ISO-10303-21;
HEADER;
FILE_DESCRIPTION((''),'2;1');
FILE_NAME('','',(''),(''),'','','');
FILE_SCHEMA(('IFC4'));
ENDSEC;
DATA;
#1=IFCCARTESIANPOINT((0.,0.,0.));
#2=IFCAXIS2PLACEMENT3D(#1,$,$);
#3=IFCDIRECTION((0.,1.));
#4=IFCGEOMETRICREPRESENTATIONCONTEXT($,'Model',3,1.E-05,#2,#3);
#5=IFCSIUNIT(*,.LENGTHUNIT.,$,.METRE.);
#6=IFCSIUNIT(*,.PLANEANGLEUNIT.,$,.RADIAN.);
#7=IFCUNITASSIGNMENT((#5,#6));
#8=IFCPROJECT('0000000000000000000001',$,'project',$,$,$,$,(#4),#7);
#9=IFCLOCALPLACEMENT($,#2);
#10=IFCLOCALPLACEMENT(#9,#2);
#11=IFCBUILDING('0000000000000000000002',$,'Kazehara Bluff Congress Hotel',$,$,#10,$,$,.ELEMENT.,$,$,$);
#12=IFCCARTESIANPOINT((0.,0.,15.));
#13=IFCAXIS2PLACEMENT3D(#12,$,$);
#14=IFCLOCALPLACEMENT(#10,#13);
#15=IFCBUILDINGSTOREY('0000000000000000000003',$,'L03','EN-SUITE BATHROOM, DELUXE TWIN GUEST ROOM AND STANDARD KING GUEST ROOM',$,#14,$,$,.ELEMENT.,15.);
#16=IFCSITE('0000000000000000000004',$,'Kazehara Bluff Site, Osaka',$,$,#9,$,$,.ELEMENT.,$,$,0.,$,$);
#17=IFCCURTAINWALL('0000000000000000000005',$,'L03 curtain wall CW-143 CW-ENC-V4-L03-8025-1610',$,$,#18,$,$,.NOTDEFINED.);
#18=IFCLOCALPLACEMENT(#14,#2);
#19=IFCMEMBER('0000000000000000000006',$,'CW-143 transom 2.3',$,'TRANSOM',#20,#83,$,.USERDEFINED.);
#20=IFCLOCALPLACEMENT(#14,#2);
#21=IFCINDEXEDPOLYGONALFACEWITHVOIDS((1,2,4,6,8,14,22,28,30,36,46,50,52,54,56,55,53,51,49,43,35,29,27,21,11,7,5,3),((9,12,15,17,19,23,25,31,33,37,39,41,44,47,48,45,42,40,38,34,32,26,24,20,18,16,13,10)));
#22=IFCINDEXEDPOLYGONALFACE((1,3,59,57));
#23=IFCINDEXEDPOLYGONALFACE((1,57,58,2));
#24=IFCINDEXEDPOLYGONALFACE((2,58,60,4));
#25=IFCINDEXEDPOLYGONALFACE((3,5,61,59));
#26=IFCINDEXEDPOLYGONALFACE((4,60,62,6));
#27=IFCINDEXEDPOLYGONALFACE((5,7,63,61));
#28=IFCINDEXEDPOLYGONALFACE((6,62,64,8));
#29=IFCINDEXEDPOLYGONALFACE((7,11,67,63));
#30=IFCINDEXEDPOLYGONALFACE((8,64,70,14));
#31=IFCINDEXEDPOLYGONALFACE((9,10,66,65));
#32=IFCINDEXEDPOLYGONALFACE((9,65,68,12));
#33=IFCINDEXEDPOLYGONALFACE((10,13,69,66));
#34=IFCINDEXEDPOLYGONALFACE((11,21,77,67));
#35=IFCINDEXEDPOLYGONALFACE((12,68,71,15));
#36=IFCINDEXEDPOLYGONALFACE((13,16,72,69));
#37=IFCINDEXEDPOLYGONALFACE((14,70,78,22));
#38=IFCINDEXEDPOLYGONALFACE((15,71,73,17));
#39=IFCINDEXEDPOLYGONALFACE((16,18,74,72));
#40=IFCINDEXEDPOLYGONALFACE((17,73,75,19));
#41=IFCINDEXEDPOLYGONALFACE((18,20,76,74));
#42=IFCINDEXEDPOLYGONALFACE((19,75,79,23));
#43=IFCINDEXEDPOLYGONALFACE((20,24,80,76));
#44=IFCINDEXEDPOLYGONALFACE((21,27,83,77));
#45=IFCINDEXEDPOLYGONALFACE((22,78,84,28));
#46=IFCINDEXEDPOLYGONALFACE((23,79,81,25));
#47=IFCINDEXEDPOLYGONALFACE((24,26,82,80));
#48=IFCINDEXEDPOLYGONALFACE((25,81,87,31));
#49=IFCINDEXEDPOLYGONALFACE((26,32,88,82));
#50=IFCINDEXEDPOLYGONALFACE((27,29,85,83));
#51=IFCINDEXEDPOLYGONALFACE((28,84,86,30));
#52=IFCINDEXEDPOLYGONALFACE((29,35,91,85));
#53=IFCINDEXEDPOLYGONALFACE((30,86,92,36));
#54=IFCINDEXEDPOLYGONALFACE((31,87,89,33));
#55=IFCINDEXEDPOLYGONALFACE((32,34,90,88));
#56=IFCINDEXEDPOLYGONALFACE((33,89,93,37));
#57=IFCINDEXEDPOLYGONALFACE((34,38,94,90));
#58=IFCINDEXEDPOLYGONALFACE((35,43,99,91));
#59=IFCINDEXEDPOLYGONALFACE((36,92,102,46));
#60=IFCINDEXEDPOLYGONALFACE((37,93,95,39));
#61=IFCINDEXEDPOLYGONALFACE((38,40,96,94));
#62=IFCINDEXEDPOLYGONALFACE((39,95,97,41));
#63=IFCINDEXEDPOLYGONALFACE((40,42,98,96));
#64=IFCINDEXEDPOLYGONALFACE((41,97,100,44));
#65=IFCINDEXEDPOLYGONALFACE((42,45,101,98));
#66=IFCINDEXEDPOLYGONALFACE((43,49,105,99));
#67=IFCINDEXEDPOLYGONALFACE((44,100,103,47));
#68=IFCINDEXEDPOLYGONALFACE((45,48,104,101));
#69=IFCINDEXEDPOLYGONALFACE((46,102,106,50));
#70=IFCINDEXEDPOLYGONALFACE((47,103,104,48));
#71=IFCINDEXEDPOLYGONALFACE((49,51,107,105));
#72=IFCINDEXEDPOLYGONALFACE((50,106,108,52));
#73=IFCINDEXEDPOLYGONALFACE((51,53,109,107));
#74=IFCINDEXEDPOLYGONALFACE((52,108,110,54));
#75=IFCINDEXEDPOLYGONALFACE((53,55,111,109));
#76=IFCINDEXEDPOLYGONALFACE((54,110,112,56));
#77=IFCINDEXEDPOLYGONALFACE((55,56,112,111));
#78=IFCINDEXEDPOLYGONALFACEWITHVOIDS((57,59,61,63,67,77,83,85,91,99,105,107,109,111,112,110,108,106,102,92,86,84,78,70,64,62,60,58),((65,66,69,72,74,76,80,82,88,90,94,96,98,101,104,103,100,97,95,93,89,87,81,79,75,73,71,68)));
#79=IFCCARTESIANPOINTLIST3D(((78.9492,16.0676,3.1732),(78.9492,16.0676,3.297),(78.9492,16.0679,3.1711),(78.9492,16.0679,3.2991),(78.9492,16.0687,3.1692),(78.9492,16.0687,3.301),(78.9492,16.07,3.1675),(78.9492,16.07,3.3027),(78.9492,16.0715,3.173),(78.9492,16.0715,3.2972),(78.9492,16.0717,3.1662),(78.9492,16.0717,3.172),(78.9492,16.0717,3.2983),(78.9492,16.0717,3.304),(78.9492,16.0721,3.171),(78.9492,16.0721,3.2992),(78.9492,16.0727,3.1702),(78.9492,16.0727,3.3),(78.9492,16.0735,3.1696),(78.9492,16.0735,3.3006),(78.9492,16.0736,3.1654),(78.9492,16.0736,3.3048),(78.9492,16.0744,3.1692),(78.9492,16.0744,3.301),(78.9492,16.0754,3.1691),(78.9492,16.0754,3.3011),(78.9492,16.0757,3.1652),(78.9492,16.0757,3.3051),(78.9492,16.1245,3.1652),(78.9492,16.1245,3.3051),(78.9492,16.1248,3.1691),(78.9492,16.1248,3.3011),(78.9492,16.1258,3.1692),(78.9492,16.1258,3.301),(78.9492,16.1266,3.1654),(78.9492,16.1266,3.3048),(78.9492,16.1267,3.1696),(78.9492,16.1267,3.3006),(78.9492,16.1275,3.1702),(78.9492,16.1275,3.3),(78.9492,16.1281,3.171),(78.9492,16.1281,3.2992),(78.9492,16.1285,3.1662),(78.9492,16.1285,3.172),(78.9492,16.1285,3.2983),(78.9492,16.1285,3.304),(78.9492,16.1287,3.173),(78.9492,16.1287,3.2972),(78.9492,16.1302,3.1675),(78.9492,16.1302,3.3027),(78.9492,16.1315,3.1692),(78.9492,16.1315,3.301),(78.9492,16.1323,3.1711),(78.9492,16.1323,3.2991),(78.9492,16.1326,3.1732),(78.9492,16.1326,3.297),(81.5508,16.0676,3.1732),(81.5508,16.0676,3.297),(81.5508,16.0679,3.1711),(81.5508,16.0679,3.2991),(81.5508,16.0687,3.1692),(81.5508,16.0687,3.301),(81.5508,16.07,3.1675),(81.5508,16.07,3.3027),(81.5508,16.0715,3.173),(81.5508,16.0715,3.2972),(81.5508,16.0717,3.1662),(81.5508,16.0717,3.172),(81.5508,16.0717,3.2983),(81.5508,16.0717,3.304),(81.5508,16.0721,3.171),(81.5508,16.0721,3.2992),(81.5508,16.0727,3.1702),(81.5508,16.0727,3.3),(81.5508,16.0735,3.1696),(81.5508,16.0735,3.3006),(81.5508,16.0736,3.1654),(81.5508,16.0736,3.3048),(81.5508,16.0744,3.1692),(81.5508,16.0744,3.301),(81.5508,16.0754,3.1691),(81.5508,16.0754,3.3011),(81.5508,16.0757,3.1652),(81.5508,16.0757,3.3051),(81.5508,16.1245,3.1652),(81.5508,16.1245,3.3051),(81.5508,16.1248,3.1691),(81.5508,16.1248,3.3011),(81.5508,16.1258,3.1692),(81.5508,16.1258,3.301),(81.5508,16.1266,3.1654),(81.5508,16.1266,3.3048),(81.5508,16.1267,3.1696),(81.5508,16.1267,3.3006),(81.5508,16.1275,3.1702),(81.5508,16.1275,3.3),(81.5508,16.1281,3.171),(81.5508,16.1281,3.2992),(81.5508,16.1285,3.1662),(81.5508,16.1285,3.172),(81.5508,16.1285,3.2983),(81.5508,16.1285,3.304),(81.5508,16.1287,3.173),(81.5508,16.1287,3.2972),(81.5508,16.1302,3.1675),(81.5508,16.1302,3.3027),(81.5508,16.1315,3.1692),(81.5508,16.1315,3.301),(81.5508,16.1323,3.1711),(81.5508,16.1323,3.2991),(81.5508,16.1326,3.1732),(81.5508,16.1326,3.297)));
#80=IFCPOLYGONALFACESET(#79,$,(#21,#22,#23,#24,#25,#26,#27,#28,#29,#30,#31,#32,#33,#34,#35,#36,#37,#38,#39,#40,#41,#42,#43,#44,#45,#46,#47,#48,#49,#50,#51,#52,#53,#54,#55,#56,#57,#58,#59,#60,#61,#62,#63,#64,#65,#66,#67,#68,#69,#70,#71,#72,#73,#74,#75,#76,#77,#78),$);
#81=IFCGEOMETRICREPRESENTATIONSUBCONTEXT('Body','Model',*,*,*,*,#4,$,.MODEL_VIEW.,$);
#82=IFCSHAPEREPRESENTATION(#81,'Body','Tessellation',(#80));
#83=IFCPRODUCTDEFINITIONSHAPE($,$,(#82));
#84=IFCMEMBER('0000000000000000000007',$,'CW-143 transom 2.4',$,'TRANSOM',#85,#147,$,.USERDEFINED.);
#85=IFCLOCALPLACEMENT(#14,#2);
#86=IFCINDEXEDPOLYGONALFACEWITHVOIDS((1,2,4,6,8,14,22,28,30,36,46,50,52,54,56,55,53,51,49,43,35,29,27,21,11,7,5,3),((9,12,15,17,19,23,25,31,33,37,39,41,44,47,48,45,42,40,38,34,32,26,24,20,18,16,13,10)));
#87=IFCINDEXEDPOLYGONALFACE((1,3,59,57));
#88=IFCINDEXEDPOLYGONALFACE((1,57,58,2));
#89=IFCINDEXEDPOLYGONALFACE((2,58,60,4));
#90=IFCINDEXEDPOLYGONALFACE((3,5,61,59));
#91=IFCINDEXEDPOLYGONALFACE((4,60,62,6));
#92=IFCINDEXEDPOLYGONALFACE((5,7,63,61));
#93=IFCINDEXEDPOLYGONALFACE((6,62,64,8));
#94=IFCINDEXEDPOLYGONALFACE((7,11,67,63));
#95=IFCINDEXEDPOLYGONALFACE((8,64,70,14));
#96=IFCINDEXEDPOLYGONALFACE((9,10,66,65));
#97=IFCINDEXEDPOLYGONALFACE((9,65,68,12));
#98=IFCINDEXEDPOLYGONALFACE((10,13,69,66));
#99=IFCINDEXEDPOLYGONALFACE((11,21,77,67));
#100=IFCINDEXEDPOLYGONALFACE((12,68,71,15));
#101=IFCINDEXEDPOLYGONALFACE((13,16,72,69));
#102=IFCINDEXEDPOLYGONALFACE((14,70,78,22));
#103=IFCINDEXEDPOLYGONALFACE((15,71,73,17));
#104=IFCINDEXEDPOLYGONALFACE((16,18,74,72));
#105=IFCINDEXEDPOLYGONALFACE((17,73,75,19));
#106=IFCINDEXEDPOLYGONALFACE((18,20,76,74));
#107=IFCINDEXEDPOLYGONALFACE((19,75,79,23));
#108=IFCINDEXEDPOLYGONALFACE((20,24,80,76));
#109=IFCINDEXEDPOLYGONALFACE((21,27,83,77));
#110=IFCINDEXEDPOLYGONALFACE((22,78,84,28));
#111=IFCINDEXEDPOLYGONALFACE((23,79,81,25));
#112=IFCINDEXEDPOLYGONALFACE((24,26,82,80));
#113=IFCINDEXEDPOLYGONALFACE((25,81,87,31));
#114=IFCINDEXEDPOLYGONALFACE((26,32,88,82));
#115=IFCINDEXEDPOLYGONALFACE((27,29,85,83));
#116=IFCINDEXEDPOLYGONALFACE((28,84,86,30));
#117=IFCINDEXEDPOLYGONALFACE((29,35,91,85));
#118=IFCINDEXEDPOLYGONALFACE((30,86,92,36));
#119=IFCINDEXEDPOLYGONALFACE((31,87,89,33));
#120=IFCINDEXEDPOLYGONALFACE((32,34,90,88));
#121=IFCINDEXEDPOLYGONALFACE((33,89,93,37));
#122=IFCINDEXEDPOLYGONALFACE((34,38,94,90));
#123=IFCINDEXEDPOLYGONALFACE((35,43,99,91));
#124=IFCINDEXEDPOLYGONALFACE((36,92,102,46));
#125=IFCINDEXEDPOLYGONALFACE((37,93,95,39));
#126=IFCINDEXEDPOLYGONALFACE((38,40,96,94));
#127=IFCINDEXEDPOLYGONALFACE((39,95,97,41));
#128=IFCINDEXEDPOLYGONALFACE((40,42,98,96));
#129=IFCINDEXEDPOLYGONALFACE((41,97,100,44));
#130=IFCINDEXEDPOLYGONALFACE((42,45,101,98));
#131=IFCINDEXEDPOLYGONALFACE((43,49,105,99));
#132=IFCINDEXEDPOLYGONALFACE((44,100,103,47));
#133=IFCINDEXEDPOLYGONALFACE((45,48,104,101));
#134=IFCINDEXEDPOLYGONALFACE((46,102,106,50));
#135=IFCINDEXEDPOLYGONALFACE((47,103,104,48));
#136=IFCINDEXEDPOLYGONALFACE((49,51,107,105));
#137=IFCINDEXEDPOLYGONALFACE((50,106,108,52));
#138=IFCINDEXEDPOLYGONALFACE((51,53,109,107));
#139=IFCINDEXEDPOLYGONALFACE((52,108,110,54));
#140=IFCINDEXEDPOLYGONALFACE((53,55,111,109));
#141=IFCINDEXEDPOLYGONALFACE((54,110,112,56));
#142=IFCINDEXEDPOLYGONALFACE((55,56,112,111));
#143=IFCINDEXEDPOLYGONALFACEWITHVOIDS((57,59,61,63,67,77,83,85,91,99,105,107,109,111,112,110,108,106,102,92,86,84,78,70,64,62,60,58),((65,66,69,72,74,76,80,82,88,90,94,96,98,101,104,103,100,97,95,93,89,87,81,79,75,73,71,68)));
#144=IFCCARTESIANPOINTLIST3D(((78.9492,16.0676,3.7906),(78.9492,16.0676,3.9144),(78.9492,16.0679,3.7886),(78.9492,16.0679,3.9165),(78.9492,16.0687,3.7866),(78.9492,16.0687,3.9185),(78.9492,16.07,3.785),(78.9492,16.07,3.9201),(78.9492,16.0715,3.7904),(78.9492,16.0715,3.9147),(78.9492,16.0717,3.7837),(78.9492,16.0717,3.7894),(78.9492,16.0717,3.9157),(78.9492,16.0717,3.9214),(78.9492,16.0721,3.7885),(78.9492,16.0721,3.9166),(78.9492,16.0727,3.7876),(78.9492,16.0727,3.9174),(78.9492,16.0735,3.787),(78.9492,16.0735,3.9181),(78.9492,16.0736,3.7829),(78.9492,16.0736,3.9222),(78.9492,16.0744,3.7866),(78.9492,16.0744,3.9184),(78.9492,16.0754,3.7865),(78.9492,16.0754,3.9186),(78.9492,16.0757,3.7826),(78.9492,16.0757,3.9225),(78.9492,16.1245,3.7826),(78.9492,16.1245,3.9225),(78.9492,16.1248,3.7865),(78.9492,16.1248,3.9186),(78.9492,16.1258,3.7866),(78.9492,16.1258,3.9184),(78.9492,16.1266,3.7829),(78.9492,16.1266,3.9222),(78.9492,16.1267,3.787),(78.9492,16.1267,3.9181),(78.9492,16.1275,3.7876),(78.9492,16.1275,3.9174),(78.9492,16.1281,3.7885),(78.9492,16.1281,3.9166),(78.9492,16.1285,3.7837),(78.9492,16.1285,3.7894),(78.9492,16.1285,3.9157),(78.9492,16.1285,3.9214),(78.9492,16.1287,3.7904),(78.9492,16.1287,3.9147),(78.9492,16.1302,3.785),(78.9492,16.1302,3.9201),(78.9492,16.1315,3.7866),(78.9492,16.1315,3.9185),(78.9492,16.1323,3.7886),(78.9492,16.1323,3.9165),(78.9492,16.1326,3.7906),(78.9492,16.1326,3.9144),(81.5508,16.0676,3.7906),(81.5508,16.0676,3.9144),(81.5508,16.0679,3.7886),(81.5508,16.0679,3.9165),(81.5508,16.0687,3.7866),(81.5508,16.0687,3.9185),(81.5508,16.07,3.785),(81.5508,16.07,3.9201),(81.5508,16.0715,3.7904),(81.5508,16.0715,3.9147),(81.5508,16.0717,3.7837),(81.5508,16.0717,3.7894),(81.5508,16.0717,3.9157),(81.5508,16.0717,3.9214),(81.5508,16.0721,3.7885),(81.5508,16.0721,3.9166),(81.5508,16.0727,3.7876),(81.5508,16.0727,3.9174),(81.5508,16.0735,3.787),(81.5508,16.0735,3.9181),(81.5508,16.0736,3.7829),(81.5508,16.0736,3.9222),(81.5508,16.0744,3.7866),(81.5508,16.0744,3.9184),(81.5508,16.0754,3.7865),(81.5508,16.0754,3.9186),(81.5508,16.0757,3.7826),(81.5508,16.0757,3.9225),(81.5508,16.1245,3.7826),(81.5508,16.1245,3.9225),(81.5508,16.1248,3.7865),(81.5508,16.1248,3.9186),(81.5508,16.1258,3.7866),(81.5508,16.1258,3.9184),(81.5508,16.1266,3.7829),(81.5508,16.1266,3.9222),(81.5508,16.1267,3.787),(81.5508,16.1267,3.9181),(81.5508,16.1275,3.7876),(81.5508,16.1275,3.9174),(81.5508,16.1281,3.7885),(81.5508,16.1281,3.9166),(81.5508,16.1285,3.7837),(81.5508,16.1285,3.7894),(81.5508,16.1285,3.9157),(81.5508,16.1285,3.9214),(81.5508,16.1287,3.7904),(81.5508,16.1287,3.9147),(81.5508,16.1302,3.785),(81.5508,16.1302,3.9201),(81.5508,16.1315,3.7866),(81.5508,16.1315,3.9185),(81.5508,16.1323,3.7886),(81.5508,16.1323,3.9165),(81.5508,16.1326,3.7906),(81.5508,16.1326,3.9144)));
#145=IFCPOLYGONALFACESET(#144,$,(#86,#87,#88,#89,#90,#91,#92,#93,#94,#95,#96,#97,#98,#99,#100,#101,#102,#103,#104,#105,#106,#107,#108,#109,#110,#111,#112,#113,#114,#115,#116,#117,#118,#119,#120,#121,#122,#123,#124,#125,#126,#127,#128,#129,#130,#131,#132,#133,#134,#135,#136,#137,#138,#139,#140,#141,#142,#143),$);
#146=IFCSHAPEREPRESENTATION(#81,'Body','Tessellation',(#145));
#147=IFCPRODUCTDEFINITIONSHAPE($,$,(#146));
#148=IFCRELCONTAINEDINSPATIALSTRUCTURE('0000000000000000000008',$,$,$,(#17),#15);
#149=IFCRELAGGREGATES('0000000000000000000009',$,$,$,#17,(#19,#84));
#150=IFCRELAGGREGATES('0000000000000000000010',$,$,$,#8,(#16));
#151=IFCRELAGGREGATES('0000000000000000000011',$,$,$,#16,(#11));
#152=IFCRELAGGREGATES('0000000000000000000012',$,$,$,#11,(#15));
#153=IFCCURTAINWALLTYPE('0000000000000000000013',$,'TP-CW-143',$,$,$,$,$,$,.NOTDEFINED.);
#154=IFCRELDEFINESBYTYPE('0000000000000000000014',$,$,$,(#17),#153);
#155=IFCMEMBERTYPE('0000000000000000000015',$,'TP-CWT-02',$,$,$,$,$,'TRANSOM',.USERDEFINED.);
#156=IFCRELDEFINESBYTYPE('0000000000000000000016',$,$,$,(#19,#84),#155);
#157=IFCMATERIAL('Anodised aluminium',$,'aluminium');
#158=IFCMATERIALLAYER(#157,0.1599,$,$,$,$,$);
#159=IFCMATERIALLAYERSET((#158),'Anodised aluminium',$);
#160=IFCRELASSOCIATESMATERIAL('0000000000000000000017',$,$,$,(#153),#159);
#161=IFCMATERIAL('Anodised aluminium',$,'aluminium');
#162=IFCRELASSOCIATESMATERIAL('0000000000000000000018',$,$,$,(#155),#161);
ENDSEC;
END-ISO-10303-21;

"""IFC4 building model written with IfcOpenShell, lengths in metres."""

from ifc_helpers import new_model, si_unit, direction, frame, origin, origin_2d, place, context, subcontext, project, spatial, hollow_rectangle, extrude, material, layer, layer_set, material_profile, profile_set, type_object, element, aggregate, save


model = new_model("IFC4")

# Units and contexts
model_context = context("Model", 3, precision=1e-05, world=origin(), true_north=direction((0.0, 1.0)))
body_context = subcontext(model_context, "Body", "Model", "MODEL_VIEW")
ifc_project = project(units=[si_unit("LENGTHUNIT", "METRE"), si_unit("PLANEANGLEUNIT", "RADIAN")], contexts=[model_context])

# Site, building, storey
site_placement = place(None, origin())
site = spatial("IfcSite", under=ifc_project, at=site_placement, Name="Kazehara Bluff Site, Osaka", CompositionType="ELEMENT", RefElevation=0.0)
building_placement = place(site_placement, origin())
building = spatial("IfcBuilding", under=site, at=building_placement, Name="Kazehara Bluff Congress Hotel", CompositionType="ELEMENT")
storey_placement = place(building_placement, frame((0.0, 0.0, 15.0)))
storey = spatial("IfcBuildingStorey", under=building, at=storey_placement, Name="L03", Description="EN-SUITE BATHROOM, DELUXE TWIN GUEST ROOM AND STANDARD KING GUEST ROOM", CompositionType="ELEMENT", Elevation=15.0)

# Curtain wall, members
ifc_material_1 = material(Name="Anodised aluminium", Category="aluminium")
ifc_layer_1 = layer(ifc_material_1, 0.1599)
ifc_layer_set_1 = layer_set([ifc_layer_1], Name="Anodised aluminium")
curtain_wall_type = type_object("IfcCurtainWallType", Name="TP-CW-143", PredefinedType="NOTDEFINED", material=ifc_layer_set_1)
curtain_wall_placement = place(storey_placement, origin())
curtain_wall = element("IfcCurtainWall", 1, at=curtain_wall_placement, inside=storey, type_object=curtain_wall_type, Name="L03 curtain wall CW-143 CW-ENC-V4-L03-8025-1610", PredefinedType="NOTDEFINED")
ifc_material_2 = material(Name="Anodised aluminium", Category="aluminium")
ifc_material_profile_1 = material_profile(ifc_material_2, hollow_rectangle(XDim=0.0649, YDim=0.1399, WallThickness=0.0039, InnerFilletRadius=0.0039, OuterFilletRadius=0.0081, at=origin_2d()))
ifc_profile_set_1 = profile_set([ifc_material_profile_1], Name="Anodised aluminium")
member_type_1 = type_object("IfcMemberType", Name="TP-CWT-02", ElementType="TRANSOM", PredefinedType="USERDEFINED", material=ifc_profile_set_1)
member_1_placement = place(storey_placement, frame((81.5508, 16.1001, 3.2351), z_axis=(-1.0, 0.0, 0.0), x_axis=(0.0, -1.0, 0.0)))
member_1 = element("IfcMember", 2, at=member_1_placement, type_object=member_type_1, Name="CW-143 transom 2.3", ObjectType="TRANSOM", PredefinedType="USERDEFINED", context=body_context, shape_type="SweptSolid", body=[
    extrude(hollow_rectangle(XDim=0.0649, YDim=0.1399, WallThickness=0.0039, InnerFilletRadius=0.0039, OuterFilletRadius=0.0081, at=origin_2d()), origin(), (0.0, 0.0, 1.0), 2.6016),
])
member_2_placement = place(storey_placement, frame((81.5508, 16.1001, 3.8525), z_axis=(-1.0, 0.0, 0.0), x_axis=(0.0, -1.0, 0.0)))
member_2 = element("IfcMember", 3, at=member_2_placement, type_object=member_type_1, Name="CW-143 transom 2.4", ObjectType="TRANSOM", PredefinedType="USERDEFINED", context=body_context, shape_type="SweptSolid", body=[
    extrude(hollow_rectangle(XDim=0.0649, YDim=0.1399, WallThickness=0.0039, InnerFilletRadius=0.0039, OuterFilletRadius=0.0081, at=origin_2d()), origin(), (0.0, 0.0, 1.0), 2.6016),
])

aggregate(curtain_wall, [member_1, member_2])

save(model, "model.ifc")
